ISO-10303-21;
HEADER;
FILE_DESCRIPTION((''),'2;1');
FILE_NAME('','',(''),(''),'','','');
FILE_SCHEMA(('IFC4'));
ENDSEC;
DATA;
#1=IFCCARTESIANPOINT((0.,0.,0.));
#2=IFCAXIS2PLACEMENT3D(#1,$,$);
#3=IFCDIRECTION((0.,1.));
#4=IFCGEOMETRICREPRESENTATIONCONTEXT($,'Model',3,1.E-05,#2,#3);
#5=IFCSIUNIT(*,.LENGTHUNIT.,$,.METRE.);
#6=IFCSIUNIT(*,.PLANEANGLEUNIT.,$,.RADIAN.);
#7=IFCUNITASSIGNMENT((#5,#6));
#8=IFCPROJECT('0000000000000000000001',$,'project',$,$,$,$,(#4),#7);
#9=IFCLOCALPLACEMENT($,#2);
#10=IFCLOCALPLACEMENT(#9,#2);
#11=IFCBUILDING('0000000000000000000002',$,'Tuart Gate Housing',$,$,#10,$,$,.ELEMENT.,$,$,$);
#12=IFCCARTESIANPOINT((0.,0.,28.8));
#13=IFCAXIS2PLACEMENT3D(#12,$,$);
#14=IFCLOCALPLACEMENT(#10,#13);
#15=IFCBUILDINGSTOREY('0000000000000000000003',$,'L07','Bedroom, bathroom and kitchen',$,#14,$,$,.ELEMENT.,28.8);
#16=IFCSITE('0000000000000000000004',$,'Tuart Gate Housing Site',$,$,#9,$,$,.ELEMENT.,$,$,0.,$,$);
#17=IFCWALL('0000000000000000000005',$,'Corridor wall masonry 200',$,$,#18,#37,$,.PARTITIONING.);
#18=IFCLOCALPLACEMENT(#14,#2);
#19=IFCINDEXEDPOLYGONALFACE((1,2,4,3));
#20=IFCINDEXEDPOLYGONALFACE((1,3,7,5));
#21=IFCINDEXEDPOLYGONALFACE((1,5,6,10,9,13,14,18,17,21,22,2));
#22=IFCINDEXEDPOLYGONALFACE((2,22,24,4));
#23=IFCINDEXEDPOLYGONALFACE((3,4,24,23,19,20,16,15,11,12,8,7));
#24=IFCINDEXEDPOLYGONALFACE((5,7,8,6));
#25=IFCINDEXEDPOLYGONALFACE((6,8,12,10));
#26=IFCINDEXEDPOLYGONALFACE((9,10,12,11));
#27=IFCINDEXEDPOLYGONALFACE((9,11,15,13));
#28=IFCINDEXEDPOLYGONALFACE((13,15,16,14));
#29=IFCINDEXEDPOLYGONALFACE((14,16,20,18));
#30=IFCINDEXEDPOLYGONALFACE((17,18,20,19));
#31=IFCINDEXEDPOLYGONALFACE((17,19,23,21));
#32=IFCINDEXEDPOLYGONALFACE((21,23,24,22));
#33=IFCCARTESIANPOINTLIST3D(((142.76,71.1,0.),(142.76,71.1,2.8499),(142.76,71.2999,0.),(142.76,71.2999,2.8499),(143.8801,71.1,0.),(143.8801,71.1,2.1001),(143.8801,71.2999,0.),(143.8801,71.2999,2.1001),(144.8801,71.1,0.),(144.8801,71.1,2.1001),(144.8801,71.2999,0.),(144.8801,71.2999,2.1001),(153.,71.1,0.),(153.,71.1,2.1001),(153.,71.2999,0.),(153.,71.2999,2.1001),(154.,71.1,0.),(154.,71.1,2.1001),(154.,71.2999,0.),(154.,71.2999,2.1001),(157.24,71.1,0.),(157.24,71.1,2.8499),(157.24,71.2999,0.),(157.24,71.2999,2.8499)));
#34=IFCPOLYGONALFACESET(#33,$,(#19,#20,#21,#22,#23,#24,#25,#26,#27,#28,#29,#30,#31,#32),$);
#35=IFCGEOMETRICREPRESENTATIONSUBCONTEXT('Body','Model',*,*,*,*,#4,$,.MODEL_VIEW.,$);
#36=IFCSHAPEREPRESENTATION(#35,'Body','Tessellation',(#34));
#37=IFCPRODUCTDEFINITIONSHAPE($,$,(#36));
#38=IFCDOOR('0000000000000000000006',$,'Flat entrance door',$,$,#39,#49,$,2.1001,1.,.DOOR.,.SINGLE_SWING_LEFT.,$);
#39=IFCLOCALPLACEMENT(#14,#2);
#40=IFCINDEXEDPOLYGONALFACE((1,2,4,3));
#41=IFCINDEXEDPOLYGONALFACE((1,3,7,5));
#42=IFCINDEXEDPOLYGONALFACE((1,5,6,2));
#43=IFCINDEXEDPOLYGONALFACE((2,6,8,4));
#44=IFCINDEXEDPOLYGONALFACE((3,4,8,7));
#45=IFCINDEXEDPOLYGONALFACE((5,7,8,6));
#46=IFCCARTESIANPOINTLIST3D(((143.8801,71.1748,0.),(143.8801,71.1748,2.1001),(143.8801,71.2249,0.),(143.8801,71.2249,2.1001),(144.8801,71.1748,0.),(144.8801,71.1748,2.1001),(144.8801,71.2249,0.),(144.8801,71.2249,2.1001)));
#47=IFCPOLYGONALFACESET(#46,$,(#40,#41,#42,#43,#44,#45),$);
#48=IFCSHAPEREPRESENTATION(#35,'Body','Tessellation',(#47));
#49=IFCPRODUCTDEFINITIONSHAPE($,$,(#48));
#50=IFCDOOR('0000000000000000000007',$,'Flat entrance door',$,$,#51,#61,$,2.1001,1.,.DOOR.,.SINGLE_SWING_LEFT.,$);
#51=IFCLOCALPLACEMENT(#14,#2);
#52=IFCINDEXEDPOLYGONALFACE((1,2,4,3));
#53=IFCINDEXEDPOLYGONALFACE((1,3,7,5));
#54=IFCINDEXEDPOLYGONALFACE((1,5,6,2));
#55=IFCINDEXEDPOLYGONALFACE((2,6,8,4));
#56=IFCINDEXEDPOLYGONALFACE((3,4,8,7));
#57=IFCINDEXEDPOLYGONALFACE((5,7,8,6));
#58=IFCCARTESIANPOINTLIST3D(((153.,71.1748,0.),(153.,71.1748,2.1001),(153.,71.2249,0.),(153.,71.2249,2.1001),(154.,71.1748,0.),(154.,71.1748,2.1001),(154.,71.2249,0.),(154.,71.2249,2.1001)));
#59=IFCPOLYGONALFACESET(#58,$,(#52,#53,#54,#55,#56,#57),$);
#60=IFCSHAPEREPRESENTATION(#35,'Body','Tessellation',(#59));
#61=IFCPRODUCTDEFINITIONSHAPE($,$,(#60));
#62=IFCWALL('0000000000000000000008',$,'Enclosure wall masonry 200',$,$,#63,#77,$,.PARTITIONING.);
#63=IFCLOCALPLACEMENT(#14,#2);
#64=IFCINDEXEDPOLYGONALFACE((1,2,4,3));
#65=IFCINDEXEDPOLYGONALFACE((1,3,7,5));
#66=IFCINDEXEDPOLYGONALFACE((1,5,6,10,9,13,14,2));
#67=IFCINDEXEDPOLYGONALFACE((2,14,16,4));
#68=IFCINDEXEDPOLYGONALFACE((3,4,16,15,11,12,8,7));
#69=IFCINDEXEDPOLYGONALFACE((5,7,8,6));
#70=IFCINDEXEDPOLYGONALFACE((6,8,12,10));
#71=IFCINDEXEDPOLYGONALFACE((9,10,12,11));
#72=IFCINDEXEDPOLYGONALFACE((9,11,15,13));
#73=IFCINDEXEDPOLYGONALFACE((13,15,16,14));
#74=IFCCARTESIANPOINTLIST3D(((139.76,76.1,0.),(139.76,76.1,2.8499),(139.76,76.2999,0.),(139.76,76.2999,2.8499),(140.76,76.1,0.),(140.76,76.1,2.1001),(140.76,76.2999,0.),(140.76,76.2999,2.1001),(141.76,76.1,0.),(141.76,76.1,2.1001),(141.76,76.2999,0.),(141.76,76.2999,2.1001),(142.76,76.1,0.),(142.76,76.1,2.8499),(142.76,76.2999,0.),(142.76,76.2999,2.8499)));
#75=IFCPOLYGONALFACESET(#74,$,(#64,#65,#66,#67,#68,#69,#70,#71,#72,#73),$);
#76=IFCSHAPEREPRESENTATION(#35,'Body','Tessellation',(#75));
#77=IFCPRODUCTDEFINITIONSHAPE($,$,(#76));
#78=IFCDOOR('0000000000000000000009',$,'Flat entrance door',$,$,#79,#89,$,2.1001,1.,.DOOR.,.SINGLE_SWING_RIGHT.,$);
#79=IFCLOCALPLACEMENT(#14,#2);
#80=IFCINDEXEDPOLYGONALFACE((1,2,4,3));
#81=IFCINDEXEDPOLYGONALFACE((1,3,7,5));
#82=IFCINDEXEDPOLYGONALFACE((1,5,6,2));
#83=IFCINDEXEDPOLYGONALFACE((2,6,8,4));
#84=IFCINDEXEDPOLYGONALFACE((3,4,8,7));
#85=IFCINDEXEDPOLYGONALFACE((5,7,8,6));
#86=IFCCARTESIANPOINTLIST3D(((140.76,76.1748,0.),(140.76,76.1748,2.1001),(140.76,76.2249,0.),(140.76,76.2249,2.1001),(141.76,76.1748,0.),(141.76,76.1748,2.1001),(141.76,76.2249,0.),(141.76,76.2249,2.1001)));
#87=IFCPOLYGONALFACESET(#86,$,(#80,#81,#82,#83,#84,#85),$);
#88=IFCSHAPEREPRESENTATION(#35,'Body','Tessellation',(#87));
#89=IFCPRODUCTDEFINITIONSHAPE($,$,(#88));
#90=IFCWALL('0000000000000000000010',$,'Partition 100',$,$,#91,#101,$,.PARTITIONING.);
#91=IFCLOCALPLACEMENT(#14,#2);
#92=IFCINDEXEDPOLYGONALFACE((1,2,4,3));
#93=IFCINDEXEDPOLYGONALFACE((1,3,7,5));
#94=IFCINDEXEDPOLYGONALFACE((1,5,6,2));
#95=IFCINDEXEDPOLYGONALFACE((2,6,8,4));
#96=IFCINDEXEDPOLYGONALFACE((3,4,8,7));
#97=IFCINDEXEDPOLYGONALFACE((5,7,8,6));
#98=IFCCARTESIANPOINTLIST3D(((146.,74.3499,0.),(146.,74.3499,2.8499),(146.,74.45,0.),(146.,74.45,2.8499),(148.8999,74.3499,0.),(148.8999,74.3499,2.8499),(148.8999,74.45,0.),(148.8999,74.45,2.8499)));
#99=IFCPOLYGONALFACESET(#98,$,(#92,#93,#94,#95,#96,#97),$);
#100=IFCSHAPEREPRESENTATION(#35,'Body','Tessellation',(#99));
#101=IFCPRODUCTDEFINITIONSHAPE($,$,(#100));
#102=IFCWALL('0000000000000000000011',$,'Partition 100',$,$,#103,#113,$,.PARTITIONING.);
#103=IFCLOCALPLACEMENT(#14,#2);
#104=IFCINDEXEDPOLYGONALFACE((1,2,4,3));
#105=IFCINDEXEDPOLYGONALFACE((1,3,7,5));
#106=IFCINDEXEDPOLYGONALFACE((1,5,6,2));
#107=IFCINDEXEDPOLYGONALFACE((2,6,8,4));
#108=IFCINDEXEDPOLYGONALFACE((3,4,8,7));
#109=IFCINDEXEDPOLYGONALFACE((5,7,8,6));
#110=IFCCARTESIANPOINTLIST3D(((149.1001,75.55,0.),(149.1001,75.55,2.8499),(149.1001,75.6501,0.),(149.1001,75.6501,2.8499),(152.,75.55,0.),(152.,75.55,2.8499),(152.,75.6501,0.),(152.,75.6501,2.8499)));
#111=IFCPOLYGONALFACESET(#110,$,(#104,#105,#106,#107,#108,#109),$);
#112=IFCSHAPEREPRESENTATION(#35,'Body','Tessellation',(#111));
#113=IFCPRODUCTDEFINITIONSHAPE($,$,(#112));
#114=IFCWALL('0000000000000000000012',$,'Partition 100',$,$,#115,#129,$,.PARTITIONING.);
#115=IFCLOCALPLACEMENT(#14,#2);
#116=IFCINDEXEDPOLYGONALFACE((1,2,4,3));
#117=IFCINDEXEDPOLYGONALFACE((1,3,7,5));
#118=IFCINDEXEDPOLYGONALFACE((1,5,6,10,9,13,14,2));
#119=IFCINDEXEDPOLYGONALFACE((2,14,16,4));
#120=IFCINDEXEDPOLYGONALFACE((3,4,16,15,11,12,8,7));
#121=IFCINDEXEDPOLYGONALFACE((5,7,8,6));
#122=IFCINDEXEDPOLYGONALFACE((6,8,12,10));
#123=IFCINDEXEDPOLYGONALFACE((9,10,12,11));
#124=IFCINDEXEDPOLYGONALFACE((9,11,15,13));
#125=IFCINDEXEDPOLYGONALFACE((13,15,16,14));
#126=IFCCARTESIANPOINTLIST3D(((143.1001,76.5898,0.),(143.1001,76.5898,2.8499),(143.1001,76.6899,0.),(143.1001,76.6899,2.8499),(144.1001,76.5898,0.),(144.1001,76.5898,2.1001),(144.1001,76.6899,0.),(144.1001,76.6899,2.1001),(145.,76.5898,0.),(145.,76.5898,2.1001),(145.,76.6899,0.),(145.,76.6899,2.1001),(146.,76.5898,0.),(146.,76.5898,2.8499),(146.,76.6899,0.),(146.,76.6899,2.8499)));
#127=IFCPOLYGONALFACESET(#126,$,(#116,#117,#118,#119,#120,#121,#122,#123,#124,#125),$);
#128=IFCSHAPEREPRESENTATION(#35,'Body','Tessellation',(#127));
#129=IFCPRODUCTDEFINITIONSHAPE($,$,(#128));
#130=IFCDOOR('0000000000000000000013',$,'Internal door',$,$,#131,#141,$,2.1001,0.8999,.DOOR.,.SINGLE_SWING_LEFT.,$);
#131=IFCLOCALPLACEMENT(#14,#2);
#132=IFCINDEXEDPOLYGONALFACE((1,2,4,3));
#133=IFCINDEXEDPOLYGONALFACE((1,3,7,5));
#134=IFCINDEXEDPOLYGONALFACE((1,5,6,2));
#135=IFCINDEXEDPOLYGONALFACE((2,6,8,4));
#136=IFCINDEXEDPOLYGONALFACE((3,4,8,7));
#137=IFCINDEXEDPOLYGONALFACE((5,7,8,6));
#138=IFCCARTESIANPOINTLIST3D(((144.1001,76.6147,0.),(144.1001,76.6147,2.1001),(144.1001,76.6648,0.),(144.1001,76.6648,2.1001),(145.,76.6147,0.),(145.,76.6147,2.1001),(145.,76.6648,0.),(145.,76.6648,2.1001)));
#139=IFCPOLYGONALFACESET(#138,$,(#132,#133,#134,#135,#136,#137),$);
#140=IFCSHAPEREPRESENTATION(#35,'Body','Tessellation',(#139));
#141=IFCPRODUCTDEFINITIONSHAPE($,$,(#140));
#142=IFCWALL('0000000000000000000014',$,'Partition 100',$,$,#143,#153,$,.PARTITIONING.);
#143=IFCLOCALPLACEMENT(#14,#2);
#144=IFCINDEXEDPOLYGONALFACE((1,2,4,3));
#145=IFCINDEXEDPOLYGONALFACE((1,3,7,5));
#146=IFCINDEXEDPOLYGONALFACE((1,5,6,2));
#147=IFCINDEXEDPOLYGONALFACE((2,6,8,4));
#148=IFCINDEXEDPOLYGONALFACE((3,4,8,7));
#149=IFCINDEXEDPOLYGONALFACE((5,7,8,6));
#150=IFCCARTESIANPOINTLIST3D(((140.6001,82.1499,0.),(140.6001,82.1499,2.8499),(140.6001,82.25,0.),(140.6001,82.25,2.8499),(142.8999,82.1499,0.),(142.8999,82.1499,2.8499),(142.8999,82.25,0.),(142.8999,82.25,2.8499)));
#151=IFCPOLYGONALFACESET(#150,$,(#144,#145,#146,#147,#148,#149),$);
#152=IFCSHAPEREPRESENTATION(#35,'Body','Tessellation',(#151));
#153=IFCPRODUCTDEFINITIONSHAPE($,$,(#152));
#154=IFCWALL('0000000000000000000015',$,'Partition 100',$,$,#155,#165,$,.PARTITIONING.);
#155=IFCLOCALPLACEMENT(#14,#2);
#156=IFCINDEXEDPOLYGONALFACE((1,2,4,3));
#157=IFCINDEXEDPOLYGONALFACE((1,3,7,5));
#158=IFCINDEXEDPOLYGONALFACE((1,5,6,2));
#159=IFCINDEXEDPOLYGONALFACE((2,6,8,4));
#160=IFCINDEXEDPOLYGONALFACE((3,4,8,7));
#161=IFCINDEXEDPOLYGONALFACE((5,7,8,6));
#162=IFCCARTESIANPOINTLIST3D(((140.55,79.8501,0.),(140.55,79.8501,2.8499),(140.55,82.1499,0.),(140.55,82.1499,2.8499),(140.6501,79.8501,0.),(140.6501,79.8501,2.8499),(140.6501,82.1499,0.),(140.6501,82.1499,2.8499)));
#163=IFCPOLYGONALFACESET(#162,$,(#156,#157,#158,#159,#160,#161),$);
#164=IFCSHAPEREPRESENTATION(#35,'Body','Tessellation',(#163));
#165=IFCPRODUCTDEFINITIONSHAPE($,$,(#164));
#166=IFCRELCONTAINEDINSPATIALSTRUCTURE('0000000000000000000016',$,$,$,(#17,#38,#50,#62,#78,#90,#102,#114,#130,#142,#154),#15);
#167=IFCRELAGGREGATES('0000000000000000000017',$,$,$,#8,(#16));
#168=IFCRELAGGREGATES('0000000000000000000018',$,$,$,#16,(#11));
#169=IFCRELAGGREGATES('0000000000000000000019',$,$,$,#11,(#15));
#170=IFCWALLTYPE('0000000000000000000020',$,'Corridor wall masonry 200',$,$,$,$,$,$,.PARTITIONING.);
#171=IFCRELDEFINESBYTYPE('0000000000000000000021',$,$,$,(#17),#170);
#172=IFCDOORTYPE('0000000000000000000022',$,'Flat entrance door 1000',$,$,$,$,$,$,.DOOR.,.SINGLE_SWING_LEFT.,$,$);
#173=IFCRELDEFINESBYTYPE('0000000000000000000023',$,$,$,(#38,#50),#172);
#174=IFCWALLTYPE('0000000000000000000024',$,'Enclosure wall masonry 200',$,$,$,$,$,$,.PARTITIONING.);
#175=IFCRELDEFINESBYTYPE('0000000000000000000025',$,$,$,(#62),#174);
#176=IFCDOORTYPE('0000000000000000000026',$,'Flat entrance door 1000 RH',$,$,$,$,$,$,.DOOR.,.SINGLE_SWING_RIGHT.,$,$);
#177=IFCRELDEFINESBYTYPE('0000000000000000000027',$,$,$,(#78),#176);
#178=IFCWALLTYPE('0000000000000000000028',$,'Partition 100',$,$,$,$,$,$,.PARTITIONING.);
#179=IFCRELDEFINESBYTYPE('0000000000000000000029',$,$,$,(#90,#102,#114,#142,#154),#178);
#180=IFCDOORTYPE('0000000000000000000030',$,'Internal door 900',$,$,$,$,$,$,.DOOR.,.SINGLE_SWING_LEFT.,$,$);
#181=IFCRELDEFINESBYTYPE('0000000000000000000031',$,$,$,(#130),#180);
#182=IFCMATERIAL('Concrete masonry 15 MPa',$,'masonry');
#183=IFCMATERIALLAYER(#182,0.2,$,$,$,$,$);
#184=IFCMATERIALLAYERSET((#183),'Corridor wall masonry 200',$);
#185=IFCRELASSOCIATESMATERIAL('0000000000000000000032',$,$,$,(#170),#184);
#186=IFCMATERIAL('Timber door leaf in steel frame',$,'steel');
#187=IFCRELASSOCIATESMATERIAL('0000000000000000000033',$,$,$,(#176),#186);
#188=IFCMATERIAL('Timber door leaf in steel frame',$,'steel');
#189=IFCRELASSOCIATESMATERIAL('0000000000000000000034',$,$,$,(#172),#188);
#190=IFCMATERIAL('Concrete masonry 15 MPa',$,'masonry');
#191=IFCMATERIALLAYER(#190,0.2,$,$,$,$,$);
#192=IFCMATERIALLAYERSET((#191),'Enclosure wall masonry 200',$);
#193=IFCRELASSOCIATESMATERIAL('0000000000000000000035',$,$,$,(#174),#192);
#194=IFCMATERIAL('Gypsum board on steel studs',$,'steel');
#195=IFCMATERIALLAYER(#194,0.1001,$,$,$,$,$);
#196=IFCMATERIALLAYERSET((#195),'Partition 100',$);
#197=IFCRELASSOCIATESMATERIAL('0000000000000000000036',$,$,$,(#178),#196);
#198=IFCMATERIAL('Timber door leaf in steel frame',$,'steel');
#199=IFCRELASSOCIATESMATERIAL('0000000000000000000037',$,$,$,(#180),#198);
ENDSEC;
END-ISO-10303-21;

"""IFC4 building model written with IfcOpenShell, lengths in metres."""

from ifc_helpers import new_model, si_unit, direction, frame, frame_2d, origin, place, context, subcontext, project, spatial, rectangle, extrude, material, layer, layer_set, type_object, element, fill, save


model = new_model("IFC4")

# Units and contexts
model_context = context("Model", 3, precision=1e-05, world=origin(), true_north=direction((0.0, 1.0)))
body_context = subcontext(model_context, "Body", "Model", "MODEL_VIEW")
ifc_project = project(units=[si_unit("LENGTHUNIT", "METRE"), si_unit("PLANEANGLEUNIT", "RADIAN")], contexts=[model_context])

# Site, building, storey
site_placement = place(None, origin())
site = spatial("IfcSite", under=ifc_project, at=site_placement, Name="Tuart Gate Housing Site", CompositionType="ELEMENT", RefElevation=0.0)
building_placement = place(site_placement, origin())
building = spatial("IfcBuilding", under=site, at=building_placement, Name="Tuart Gate Housing", CompositionType="ELEMENT")
storey_placement = place(building_placement, frame((0.0, 0.0, 28.8)))
storey = spatial("IfcBuildingStorey", under=building, at=storey_placement, Name="L07", Description="Bedroom, bathroom and kitchen", CompositionType="ELEMENT", Elevation=28.8)

# Wall, openings, doors
ifc_material_1 = material(Name="Concrete masonry 15 MPa", Category="masonry")
ifc_layer_1 = layer(ifc_material_1, 0.2)
ifc_layer_set_1 = layer_set([ifc_layer_1], Name="Corridor wall masonry 200")
wall_type_1 = type_object("IfcWallType", Name="Corridor wall masonry 200", PredefinedType="PARTITIONING", material=ifc_layer_set_1)
ifc_material_2 = material(Name="Timber door leaf in steel frame", Category="steel")
door_type_1 = type_object("IfcDoorType", Name="Flat entrance door 1000 RH", OperationType="SINGLE_SWING_RIGHT", PredefinedType="DOOR", material=ifc_material_2)
wall_1_placement = place(storey_placement, frame((142.76, 71.2, 0.0), z_axis=(0.0, 0.0, 1.0), x_axis=(1.0, 0.0, 0.0)))
wall_1 = element("IfcWall", 1, at=wall_1_placement, inside=storey, type_object=wall_type_1, Name="Corridor wall masonry 200", PredefinedType="PARTITIONING", context=body_context, shape_type="SweptSolid", body=[
    extrude(rectangle(XDim=14.48, YDim=0.2, at=frame_2d((7.24, 0.0))), origin(), (0.0, 0.0, 1.0), 2.8499),
])
opening_1_placement = place(wall_1_placement, frame((1.1201, 0.0, 0.0)))
opening_1 = element("IfcOpeningElement", 2, at=opening_1_placement, cuts=wall_1, PredefinedType="OPENING", context=body_context, shape_type="SweptSolid", body=[
    extrude(rectangle(XDim=1.0, YDim=2.1001, at=frame_2d((0.5, 1.05))), frame((0.0, 0.1099, 0.0), z_axis=(0.0, -1.0, 0.0), x_axis=(1.0, 0.0, 0.0)), (0.0, 0.0, 1.0), 0.22),
])
opening_2_placement = place(wall_1_placement, frame((10.24, 0.0, 0.0)))
opening_2 = element("IfcOpeningElement", 3, at=opening_2_placement, cuts=wall_1, PredefinedType="OPENING", context=body_context, shape_type="SweptSolid", body=[
    extrude(rectangle(XDim=1.0, YDim=2.1001, at=frame_2d((0.5, 1.05))), frame((0.0, 0.1099, 0.0), z_axis=(0.0, -1.0, 0.0), x_axis=(1.0, 0.0, 0.0)), (0.0, 0.0, 1.0), 0.22),
])
ifc_material_3 = material(Name="Timber door leaf in steel frame", Category="steel")
door_type_2 = type_object("IfcDoorType", Name="Flat entrance door 1000", OperationType="SINGLE_SWING_LEFT", PredefinedType="DOOR", material=ifc_material_3)
door_1_placement = place(opening_1_placement, origin())
door_1 = element("IfcDoor", 4, at=door_1_placement, inside=storey, type_object=door_type_2, Name="Flat entrance door", OperationType="SINGLE_SWING_LEFT", OverallHeight=2.1001, OverallWidth=1.0, PredefinedType="DOOR", context=body_context, shape_type="SweptSolid", body=[
    extrude(rectangle(XDim=1.0, YDim=2.1001, at=frame_2d((0.5, 1.05))), frame((0.0, 0.0249, 0.0), z_axis=(0.0, -1.0, 0.0), x_axis=(1.0, 0.0, 0.0)), (0.0, 0.0, 1.0), 0.05),
])
fill(opening_1, door_1)
door_2_placement = place(opening_2_placement, origin())
door_2 = element("IfcDoor", 5, at=door_2_placement, inside=storey, type_object=door_type_2, Name="Flat entrance door", OperationType="SINGLE_SWING_LEFT", OverallHeight=2.1001, OverallWidth=1.0, PredefinedType="DOOR", context=body_context, shape_type="SweptSolid", body=[
    extrude(rectangle(XDim=1.0, YDim=2.1001, at=frame_2d((0.5, 1.05))), frame((0.0, 0.0249, 0.0), z_axis=(0.0, -1.0, 0.0), x_axis=(1.0, 0.0, 0.0)), (0.0, 0.0, 1.0), 0.05),
])
fill(opening_2, door_2)

# Wall, opening, door
ifc_material_4 = material(Name="Concrete masonry 15 MPa", Category="masonry")
ifc_layer_2 = layer(ifc_material_4, 0.2)
ifc_layer_set_2 = layer_set([ifc_layer_2], Name="Enclosure wall masonry 200")
wall_type_2 = type_object("IfcWallType", Name="Enclosure wall masonry 200", PredefinedType="PARTITIONING", material=ifc_layer_set_2)
wall_2_placement = place(storey_placement, frame((139.76, 76.2, 0.0), z_axis=(0.0, 0.0, 1.0), x_axis=(1.0, 0.0, 0.0)))
wall_2 = element("IfcWall", 6, at=wall_2_placement, inside=storey, type_object=wall_type_2, Name="Enclosure wall masonry 200", PredefinedType="PARTITIONING", context=body_context, shape_type="SweptSolid", body=[
    extrude(rectangle(XDim=3.0, YDim=0.2, at=frame_2d((1.5, 0.0))), origin(), (0.0, 0.0, 1.0), 2.8499),
])
opening_3_placement = place(wall_2_placement, frame((1.0, 0.0, 0.0)))
opening_3 = element("IfcOpeningElement", 7, at=opening_3_placement, cuts=wall_2, PredefinedType="OPENING", context=body_context, shape_type="SweptSolid", body=[
    extrude(rectangle(XDim=1.0, YDim=2.1001, at=frame_2d((0.5, 1.05))), frame((0.0, 0.1099, 0.0), z_axis=(0.0, -1.0, 0.0), x_axis=(1.0, 0.0, 0.0)), (0.0, 0.0, 1.0), 0.22),
])
door_3_placement = place(opening_3_placement, origin())
door_3 = element("IfcDoor", 8, at=door_3_placement, inside=storey, type_object=door_type_1, Name="Flat entrance door", OperationType="SINGLE_SWING_RIGHT", OverallHeight=2.1001, OverallWidth=1.0, PredefinedType="DOOR", context=body_context, shape_type="SweptSolid", body=[
    extrude(rectangle(XDim=1.0, YDim=2.1001, at=frame_2d((0.5, 1.05))), frame((0.0, 0.0249, 0.0), z_axis=(0.0, -1.0, 0.0), x_axis=(1.0, 0.0, 0.0)), (0.0, 0.0, 1.0), 0.05),
])
fill(opening_3, door_3)

# Walls
ifc_material_5 = material(Name="Gypsum board on steel studs", Category="steel")
ifc_layer_3 = layer(ifc_material_5, 0.1001)
ifc_layer_set_3 = layer_set([ifc_layer_3], Name="Partition 100")
wall_type_3 = type_object("IfcWallType", Name="Partition 100", PredefinedType="PARTITIONING", material=ifc_layer_set_3)
for number, where, z_axis, x_axis, name in (
    (9, (146.0, 74.3999, 0.0), (0.0, 0.0, 1.0), (1.0, 0.0, 0.0), "Partition 100"),
    (10, (149.1001, 75.6001, 0.0), (0.0, 0.0, 1.0), (1.0, 0.0, 0.0), "Partition 100"),
):
    element("IfcWall", number, at=place(storey_placement, frame(where, z_axis=z_axis, x_axis=x_axis)), inside=storey, type_object=wall_type_3, Name=name, PredefinedType="PARTITIONING", context=body_context, shape_type="SweptSolid", body=[
        extrude(rectangle(XDim=2.8999, YDim=0.1001, at=frame_2d((1.45, 0.0))), origin(), (0.0, 0.0, 1.0), 2.8499),
    ])

# Wall, opening, door
wall_3_placement = place(storey_placement, frame((143.1001, 76.6399, 0.0), z_axis=(0.0, 0.0, 1.0), x_axis=(1.0, 0.0, 0.0)))
wall_3 = element("IfcWall", 11, at=wall_3_placement, inside=storey, type_object=wall_type_3, Name="Partition 100", PredefinedType="PARTITIONING", context=body_context, shape_type="SweptSolid", body=[
    extrude(rectangle(XDim=2.8999, YDim=0.1001, at=frame_2d((1.45, 0.0))), origin(), (0.0, 0.0, 1.0), 2.8499),
])
opening_4_placement = place(wall_3_placement, frame((1.0, 0.0, 0.0)))
opening_4 = element("IfcOpeningElement", 12, at=opening_4_placement, cuts=wall_3, PredefinedType="OPENING", context=body_context, shape_type="SweptSolid", body=[
    extrude(rectangle(XDim=0.8999, YDim=2.1001, at=frame_2d((0.45, 1.05))), frame((0.0, 0.0601, 0.0), z_axis=(0.0, -1.0, 0.0), x_axis=(1.0, 0.0, 0.0)), (0.0, 0.0, 1.0), 0.1201),
])
ifc_material_6 = material(Name="Timber door leaf in steel frame", Category="steel")
door_type_3 = type_object("IfcDoorType", Name="Internal door 900", OperationType="SINGLE_SWING_LEFT", PredefinedType="DOOR", material=ifc_material_6)
door_4_placement = place(opening_4_placement, frame((0.8999, 0.0, 0.0), z_axis=(0.0, 0.0, 1.0), x_axis=(-1.0, 0.0, 0.0)))
door_4 = element("IfcDoor", 13, at=door_4_placement, inside=storey, type_object=door_type_3, Name="Internal door", OperationType="SINGLE_SWING_LEFT", OverallHeight=2.1001, OverallWidth=0.8999, PredefinedType="DOOR", context=body_context, shape_type="SweptSolid", body=[
    extrude(rectangle(XDim=0.8999, YDim=2.1001, at=frame_2d((0.45, 1.05))), frame((0.0, 0.0251, 0.0), z_axis=(0.0, -1.0, 0.0), x_axis=(1.0, 0.0, 0.0)), (0.0, 0.0, 1.0), 0.05),
])
fill(opening_4, door_4)

# Walls
for number, where, z_axis, x_axis, name in (
    (14, (140.6001, 82.2, 0.0), (0.0, 0.0, 1.0), (1.0, 0.0, 0.0), "Partition 100"),
    (15, (140.6001, 79.8501, 0.0), (0.0, 0.0, 1.0), (0.0, 1.0, 0.0), "Partition 100"),
):
    element("IfcWall", number, at=place(storey_placement, frame(where, z_axis=z_axis, x_axis=x_axis)), inside=storey, type_object=wall_type_3, Name=name, PredefinedType="PARTITIONING", context=body_context, shape_type="SweptSolid", body=[
        extrude(rectangle(XDim=2.2998, YDim=0.1001, at=frame_2d((1.1499, 0.0))), origin(), (0.0, 0.0, 1.0), 2.8499),
    ])

save(model, "model.ifc")
